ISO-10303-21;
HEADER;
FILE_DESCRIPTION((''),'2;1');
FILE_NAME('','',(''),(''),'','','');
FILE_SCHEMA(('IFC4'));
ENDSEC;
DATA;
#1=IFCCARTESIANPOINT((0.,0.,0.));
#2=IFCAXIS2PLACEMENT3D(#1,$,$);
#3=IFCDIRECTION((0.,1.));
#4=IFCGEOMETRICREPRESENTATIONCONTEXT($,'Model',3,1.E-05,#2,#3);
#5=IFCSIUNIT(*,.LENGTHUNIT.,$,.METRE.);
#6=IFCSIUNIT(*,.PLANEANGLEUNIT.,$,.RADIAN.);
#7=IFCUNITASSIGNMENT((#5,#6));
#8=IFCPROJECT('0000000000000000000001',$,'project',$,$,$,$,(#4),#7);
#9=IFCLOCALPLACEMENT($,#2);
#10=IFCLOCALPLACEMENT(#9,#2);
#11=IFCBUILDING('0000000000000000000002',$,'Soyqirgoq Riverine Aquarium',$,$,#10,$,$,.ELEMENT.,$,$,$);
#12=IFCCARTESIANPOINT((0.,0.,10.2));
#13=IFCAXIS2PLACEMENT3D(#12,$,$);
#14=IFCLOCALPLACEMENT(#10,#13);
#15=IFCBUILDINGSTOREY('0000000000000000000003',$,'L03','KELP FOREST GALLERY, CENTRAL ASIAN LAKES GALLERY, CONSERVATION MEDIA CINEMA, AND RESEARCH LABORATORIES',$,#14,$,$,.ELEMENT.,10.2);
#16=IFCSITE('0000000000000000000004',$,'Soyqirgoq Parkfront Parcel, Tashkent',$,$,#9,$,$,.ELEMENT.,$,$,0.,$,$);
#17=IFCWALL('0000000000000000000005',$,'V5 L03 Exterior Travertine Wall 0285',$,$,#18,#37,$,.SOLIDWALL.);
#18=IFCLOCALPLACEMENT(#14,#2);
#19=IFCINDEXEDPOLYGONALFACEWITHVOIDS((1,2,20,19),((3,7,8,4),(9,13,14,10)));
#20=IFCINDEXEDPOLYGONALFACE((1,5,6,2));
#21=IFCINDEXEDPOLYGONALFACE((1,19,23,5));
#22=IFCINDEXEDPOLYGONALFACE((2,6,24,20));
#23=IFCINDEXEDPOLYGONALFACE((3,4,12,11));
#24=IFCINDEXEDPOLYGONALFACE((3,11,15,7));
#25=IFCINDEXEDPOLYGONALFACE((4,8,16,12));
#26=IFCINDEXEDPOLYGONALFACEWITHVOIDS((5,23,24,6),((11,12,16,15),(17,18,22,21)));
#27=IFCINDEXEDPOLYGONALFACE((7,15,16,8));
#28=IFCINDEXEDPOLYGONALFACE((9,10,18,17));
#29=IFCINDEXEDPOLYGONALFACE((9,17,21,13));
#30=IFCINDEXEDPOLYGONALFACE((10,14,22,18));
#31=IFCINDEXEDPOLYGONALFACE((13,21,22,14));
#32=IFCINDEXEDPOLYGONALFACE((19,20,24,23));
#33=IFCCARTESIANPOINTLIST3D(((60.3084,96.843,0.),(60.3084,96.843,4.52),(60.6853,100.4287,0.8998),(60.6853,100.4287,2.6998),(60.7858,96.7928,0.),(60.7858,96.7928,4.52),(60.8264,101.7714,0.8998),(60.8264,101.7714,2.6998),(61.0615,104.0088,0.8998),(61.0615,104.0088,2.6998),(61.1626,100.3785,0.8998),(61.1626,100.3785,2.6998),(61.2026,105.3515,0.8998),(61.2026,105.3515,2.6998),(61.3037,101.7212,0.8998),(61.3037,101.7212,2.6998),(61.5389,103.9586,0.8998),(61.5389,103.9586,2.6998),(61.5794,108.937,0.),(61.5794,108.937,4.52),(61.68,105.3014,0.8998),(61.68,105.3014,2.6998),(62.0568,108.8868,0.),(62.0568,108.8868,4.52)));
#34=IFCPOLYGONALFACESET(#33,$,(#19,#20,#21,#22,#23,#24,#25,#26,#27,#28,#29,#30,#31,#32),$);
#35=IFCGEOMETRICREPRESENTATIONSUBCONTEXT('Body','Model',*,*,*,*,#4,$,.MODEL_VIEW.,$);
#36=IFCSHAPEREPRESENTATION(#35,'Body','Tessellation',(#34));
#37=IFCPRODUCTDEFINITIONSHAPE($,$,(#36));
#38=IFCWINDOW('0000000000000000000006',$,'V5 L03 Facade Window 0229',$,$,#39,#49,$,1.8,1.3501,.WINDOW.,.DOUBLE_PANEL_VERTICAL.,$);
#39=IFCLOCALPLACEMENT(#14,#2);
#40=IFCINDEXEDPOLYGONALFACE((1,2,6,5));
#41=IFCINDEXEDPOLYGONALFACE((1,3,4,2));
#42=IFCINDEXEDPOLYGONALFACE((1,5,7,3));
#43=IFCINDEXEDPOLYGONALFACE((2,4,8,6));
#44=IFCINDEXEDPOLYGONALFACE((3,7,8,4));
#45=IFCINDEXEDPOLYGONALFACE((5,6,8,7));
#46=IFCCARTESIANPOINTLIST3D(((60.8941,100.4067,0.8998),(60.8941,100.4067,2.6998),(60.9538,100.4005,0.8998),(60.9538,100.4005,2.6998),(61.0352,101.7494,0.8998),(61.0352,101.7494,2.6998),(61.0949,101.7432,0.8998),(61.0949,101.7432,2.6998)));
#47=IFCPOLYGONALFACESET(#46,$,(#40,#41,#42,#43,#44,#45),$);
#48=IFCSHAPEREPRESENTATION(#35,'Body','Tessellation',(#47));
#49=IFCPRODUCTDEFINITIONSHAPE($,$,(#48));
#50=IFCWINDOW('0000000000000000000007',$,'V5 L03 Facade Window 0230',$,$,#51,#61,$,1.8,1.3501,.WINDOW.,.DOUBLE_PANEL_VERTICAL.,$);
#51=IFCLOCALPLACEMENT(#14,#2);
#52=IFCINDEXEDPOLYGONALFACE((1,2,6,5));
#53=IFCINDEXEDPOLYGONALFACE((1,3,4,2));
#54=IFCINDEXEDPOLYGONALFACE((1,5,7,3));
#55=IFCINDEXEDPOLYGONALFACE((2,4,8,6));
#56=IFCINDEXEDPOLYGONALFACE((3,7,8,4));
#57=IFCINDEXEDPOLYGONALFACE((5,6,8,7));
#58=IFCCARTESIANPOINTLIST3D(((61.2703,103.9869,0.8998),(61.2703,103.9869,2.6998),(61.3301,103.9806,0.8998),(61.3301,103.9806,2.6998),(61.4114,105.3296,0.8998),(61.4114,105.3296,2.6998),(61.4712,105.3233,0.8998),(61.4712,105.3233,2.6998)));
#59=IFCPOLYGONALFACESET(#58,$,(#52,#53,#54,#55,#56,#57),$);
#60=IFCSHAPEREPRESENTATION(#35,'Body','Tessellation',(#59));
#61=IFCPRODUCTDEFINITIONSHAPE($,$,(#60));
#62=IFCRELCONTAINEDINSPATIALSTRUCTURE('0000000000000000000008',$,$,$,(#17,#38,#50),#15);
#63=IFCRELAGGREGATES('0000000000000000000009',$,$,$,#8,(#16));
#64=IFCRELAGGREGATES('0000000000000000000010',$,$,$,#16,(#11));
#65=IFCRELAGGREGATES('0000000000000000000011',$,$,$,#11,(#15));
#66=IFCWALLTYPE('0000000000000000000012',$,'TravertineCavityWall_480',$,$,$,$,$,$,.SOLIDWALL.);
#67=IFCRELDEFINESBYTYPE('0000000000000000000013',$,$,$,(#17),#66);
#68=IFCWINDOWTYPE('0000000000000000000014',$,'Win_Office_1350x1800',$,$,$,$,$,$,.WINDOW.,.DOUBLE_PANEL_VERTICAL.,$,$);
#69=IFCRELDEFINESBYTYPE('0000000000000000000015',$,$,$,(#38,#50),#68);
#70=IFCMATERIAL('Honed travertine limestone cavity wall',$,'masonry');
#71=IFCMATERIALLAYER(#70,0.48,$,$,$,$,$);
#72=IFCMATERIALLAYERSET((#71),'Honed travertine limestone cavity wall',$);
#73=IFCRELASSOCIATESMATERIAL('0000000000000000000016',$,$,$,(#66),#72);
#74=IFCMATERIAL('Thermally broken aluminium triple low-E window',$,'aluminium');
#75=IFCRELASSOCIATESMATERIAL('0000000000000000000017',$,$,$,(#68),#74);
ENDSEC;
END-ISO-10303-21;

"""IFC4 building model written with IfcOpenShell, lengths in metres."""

from ifc_helpers import new_model, si_unit, direction, frame, frame_2d, origin, place, context, subcontext, project, spatial, rectangle, extrude, material, layer, layer_set, type_object, element, fill, save


model = new_model("IFC4")

# Units and contexts
model_context = context("Model", 3, precision=1e-05, world=origin(), true_north=direction((0.0, 1.0)))
body_context = subcontext(model_context, "Body", "Model", "MODEL_VIEW")
ifc_project = project(units=[si_unit("LENGTHUNIT", "METRE"), si_unit("PLANEANGLEUNIT", "RADIAN")], contexts=[model_context])

# Site, building, storey
site_placement = place(None, origin())
site = spatial("IfcSite", under=ifc_project, at=site_placement, Name="Soyqirgoq Parkfront Parcel, Tashkent", CompositionType="ELEMENT", RefElevation=0.0)
building_placement = place(site_placement, origin())
building = spatial("IfcBuilding", under=site, at=building_placement, Name="Soyqirgoq Riverine Aquarium", CompositionType="ELEMENT")
storey_placement = place(building_placement, frame((0.0, 0.0, 10.2)))
storey = spatial("IfcBuildingStorey", under=building, at=storey_placement, Name="L03", Description="KELP FOREST GALLERY, CENTRAL ASIAN LAKES GALLERY, CONSERVATION MEDIA CINEMA, AND RESEARCH LABORATORIES", CompositionType="ELEMENT", Elevation=10.2)

# Wall, openings, windows
ifc_material_1 = material(Name="Honed travertine limestone cavity wall", Category="masonry")
ifc_layer_1 = layer(ifc_material_1, 0.48)
ifc_layer_set_1 = layer_set([ifc_layer_1], Name="Honed travertine limestone cavity wall")
wall_type_1 = type_object("IfcWallType", Name="TravertineCavityWall_480", PredefinedType="SOLIDWALL", material=ifc_layer_set_1)
wall_1_placement = place(storey_placement, frame((60.5471, 96.8179, 0.0), z_axis=(0.0, 0.0, 1.0), x_axis=(0.104518, 0.994523, 0.0)))
wall_1 = element("IfcWall", 1, at=wall_1_placement, inside=storey, type_object=wall_type_1, Name="V5 L03 Exterior Travertine Wall 0285", PredefinedType="SOLIDWALL", context=body_context, shape_type="SweptSolid", body=[
    extrude(rectangle(XDim=12.1606, YDim=0.48, at=frame_2d((6.0803, 0.0))), origin(), (0.0, 0.0, 1.0), 4.52),
])
opening_1_placement = place(wall_1_placement, frame((3.6055, 0.0, 0.8999)))
opening_1 = element("IfcOpeningElement", 2, at=opening_1_placement, cuts=wall_1, PredefinedType="OPENING", context=body_context, shape_type="SweptSolid", body=[
    extrude(rectangle(XDim=1.3501, YDim=1.8, at=frame_2d((0.675, 0.8999))), frame((0.0, 0.25, 0.0), z_axis=(0.0, -1.0, 0.0), x_axis=(1.0, 0.0, 0.0)), (0.0, 0.0, 1.0), 0.5),
])
opening_2_placement = place(wall_1_placement, frame((7.2053, 0.0, 0.8999)))
opening_2 = element("IfcOpeningElement", 3, at=opening_2_placement, cuts=wall_1, PredefinedType="OPENING", context=body_context, shape_type="SweptSolid", body=[
    extrude(rectangle(XDim=1.3501, YDim=1.8, at=frame_2d((0.675, 0.8999))), frame((0.0, 0.25, 0.0), z_axis=(0.0, -1.0, 0.0), x_axis=(1.0, 0.0, 0.0)), (0.0, 0.0, 1.0), 0.5),
])
ifc_material_2 = material(Name="Thermally broken aluminium triple low-E window", Category="aluminium")
window_type_1 = type_object("IfcWindowType", Name="Win_Office_1350x1800", PartitioningType="DOUBLE_PANEL_VERTICAL", PredefinedType="WINDOW", material=ifc_material_2)
window_1_placement = place(opening_1_placement, origin())
window_1 = element("IfcWindow", 4, at=window_1_placement, inside=storey, type_object=window_type_1, Name="V5 L03 Facade Window 0229", OverallHeight=1.8, OverallWidth=1.3501, PartitioningType="DOUBLE_PANEL_VERTICAL", PredefinedType="WINDOW", context=body_context, shape_type="SweptSolid", body=[
    extrude(rectangle(XDim=1.3501, YDim=1.8, at=frame_2d((0.675, 0.8999))), frame((0.0, 0.03, 0.0), z_axis=(0.0, -1.0, 0.0), x_axis=(1.0, 0.0, 0.0)), (0.0, 0.0, 1.0), 0.0601),
])
fill(opening_1, window_1)
window_2_placement = place(opening_2_placement, origin())
window_2 = element("IfcWindow", 5, at=window_2_placement, inside=storey, type_object=window_type_1, Name="V5 L03 Facade Window 0230", OverallHeight=1.8, OverallWidth=1.3501, PartitioningType="DOUBLE_PANEL_VERTICAL", PredefinedType="WINDOW", context=body_context, shape_type="SweptSolid", body=[
    extrude(rectangle(XDim=1.3501, YDim=1.8, at=frame_2d((0.675, 0.8999))), frame((0.0, 0.03, 0.0), z_axis=(0.0, -1.0, 0.0), x_axis=(1.0, 0.0, 0.0)), (0.0, 0.0, 1.0), 0.0601),
])
fill(opening_2, window_2)

save(model, "model.ifc")
